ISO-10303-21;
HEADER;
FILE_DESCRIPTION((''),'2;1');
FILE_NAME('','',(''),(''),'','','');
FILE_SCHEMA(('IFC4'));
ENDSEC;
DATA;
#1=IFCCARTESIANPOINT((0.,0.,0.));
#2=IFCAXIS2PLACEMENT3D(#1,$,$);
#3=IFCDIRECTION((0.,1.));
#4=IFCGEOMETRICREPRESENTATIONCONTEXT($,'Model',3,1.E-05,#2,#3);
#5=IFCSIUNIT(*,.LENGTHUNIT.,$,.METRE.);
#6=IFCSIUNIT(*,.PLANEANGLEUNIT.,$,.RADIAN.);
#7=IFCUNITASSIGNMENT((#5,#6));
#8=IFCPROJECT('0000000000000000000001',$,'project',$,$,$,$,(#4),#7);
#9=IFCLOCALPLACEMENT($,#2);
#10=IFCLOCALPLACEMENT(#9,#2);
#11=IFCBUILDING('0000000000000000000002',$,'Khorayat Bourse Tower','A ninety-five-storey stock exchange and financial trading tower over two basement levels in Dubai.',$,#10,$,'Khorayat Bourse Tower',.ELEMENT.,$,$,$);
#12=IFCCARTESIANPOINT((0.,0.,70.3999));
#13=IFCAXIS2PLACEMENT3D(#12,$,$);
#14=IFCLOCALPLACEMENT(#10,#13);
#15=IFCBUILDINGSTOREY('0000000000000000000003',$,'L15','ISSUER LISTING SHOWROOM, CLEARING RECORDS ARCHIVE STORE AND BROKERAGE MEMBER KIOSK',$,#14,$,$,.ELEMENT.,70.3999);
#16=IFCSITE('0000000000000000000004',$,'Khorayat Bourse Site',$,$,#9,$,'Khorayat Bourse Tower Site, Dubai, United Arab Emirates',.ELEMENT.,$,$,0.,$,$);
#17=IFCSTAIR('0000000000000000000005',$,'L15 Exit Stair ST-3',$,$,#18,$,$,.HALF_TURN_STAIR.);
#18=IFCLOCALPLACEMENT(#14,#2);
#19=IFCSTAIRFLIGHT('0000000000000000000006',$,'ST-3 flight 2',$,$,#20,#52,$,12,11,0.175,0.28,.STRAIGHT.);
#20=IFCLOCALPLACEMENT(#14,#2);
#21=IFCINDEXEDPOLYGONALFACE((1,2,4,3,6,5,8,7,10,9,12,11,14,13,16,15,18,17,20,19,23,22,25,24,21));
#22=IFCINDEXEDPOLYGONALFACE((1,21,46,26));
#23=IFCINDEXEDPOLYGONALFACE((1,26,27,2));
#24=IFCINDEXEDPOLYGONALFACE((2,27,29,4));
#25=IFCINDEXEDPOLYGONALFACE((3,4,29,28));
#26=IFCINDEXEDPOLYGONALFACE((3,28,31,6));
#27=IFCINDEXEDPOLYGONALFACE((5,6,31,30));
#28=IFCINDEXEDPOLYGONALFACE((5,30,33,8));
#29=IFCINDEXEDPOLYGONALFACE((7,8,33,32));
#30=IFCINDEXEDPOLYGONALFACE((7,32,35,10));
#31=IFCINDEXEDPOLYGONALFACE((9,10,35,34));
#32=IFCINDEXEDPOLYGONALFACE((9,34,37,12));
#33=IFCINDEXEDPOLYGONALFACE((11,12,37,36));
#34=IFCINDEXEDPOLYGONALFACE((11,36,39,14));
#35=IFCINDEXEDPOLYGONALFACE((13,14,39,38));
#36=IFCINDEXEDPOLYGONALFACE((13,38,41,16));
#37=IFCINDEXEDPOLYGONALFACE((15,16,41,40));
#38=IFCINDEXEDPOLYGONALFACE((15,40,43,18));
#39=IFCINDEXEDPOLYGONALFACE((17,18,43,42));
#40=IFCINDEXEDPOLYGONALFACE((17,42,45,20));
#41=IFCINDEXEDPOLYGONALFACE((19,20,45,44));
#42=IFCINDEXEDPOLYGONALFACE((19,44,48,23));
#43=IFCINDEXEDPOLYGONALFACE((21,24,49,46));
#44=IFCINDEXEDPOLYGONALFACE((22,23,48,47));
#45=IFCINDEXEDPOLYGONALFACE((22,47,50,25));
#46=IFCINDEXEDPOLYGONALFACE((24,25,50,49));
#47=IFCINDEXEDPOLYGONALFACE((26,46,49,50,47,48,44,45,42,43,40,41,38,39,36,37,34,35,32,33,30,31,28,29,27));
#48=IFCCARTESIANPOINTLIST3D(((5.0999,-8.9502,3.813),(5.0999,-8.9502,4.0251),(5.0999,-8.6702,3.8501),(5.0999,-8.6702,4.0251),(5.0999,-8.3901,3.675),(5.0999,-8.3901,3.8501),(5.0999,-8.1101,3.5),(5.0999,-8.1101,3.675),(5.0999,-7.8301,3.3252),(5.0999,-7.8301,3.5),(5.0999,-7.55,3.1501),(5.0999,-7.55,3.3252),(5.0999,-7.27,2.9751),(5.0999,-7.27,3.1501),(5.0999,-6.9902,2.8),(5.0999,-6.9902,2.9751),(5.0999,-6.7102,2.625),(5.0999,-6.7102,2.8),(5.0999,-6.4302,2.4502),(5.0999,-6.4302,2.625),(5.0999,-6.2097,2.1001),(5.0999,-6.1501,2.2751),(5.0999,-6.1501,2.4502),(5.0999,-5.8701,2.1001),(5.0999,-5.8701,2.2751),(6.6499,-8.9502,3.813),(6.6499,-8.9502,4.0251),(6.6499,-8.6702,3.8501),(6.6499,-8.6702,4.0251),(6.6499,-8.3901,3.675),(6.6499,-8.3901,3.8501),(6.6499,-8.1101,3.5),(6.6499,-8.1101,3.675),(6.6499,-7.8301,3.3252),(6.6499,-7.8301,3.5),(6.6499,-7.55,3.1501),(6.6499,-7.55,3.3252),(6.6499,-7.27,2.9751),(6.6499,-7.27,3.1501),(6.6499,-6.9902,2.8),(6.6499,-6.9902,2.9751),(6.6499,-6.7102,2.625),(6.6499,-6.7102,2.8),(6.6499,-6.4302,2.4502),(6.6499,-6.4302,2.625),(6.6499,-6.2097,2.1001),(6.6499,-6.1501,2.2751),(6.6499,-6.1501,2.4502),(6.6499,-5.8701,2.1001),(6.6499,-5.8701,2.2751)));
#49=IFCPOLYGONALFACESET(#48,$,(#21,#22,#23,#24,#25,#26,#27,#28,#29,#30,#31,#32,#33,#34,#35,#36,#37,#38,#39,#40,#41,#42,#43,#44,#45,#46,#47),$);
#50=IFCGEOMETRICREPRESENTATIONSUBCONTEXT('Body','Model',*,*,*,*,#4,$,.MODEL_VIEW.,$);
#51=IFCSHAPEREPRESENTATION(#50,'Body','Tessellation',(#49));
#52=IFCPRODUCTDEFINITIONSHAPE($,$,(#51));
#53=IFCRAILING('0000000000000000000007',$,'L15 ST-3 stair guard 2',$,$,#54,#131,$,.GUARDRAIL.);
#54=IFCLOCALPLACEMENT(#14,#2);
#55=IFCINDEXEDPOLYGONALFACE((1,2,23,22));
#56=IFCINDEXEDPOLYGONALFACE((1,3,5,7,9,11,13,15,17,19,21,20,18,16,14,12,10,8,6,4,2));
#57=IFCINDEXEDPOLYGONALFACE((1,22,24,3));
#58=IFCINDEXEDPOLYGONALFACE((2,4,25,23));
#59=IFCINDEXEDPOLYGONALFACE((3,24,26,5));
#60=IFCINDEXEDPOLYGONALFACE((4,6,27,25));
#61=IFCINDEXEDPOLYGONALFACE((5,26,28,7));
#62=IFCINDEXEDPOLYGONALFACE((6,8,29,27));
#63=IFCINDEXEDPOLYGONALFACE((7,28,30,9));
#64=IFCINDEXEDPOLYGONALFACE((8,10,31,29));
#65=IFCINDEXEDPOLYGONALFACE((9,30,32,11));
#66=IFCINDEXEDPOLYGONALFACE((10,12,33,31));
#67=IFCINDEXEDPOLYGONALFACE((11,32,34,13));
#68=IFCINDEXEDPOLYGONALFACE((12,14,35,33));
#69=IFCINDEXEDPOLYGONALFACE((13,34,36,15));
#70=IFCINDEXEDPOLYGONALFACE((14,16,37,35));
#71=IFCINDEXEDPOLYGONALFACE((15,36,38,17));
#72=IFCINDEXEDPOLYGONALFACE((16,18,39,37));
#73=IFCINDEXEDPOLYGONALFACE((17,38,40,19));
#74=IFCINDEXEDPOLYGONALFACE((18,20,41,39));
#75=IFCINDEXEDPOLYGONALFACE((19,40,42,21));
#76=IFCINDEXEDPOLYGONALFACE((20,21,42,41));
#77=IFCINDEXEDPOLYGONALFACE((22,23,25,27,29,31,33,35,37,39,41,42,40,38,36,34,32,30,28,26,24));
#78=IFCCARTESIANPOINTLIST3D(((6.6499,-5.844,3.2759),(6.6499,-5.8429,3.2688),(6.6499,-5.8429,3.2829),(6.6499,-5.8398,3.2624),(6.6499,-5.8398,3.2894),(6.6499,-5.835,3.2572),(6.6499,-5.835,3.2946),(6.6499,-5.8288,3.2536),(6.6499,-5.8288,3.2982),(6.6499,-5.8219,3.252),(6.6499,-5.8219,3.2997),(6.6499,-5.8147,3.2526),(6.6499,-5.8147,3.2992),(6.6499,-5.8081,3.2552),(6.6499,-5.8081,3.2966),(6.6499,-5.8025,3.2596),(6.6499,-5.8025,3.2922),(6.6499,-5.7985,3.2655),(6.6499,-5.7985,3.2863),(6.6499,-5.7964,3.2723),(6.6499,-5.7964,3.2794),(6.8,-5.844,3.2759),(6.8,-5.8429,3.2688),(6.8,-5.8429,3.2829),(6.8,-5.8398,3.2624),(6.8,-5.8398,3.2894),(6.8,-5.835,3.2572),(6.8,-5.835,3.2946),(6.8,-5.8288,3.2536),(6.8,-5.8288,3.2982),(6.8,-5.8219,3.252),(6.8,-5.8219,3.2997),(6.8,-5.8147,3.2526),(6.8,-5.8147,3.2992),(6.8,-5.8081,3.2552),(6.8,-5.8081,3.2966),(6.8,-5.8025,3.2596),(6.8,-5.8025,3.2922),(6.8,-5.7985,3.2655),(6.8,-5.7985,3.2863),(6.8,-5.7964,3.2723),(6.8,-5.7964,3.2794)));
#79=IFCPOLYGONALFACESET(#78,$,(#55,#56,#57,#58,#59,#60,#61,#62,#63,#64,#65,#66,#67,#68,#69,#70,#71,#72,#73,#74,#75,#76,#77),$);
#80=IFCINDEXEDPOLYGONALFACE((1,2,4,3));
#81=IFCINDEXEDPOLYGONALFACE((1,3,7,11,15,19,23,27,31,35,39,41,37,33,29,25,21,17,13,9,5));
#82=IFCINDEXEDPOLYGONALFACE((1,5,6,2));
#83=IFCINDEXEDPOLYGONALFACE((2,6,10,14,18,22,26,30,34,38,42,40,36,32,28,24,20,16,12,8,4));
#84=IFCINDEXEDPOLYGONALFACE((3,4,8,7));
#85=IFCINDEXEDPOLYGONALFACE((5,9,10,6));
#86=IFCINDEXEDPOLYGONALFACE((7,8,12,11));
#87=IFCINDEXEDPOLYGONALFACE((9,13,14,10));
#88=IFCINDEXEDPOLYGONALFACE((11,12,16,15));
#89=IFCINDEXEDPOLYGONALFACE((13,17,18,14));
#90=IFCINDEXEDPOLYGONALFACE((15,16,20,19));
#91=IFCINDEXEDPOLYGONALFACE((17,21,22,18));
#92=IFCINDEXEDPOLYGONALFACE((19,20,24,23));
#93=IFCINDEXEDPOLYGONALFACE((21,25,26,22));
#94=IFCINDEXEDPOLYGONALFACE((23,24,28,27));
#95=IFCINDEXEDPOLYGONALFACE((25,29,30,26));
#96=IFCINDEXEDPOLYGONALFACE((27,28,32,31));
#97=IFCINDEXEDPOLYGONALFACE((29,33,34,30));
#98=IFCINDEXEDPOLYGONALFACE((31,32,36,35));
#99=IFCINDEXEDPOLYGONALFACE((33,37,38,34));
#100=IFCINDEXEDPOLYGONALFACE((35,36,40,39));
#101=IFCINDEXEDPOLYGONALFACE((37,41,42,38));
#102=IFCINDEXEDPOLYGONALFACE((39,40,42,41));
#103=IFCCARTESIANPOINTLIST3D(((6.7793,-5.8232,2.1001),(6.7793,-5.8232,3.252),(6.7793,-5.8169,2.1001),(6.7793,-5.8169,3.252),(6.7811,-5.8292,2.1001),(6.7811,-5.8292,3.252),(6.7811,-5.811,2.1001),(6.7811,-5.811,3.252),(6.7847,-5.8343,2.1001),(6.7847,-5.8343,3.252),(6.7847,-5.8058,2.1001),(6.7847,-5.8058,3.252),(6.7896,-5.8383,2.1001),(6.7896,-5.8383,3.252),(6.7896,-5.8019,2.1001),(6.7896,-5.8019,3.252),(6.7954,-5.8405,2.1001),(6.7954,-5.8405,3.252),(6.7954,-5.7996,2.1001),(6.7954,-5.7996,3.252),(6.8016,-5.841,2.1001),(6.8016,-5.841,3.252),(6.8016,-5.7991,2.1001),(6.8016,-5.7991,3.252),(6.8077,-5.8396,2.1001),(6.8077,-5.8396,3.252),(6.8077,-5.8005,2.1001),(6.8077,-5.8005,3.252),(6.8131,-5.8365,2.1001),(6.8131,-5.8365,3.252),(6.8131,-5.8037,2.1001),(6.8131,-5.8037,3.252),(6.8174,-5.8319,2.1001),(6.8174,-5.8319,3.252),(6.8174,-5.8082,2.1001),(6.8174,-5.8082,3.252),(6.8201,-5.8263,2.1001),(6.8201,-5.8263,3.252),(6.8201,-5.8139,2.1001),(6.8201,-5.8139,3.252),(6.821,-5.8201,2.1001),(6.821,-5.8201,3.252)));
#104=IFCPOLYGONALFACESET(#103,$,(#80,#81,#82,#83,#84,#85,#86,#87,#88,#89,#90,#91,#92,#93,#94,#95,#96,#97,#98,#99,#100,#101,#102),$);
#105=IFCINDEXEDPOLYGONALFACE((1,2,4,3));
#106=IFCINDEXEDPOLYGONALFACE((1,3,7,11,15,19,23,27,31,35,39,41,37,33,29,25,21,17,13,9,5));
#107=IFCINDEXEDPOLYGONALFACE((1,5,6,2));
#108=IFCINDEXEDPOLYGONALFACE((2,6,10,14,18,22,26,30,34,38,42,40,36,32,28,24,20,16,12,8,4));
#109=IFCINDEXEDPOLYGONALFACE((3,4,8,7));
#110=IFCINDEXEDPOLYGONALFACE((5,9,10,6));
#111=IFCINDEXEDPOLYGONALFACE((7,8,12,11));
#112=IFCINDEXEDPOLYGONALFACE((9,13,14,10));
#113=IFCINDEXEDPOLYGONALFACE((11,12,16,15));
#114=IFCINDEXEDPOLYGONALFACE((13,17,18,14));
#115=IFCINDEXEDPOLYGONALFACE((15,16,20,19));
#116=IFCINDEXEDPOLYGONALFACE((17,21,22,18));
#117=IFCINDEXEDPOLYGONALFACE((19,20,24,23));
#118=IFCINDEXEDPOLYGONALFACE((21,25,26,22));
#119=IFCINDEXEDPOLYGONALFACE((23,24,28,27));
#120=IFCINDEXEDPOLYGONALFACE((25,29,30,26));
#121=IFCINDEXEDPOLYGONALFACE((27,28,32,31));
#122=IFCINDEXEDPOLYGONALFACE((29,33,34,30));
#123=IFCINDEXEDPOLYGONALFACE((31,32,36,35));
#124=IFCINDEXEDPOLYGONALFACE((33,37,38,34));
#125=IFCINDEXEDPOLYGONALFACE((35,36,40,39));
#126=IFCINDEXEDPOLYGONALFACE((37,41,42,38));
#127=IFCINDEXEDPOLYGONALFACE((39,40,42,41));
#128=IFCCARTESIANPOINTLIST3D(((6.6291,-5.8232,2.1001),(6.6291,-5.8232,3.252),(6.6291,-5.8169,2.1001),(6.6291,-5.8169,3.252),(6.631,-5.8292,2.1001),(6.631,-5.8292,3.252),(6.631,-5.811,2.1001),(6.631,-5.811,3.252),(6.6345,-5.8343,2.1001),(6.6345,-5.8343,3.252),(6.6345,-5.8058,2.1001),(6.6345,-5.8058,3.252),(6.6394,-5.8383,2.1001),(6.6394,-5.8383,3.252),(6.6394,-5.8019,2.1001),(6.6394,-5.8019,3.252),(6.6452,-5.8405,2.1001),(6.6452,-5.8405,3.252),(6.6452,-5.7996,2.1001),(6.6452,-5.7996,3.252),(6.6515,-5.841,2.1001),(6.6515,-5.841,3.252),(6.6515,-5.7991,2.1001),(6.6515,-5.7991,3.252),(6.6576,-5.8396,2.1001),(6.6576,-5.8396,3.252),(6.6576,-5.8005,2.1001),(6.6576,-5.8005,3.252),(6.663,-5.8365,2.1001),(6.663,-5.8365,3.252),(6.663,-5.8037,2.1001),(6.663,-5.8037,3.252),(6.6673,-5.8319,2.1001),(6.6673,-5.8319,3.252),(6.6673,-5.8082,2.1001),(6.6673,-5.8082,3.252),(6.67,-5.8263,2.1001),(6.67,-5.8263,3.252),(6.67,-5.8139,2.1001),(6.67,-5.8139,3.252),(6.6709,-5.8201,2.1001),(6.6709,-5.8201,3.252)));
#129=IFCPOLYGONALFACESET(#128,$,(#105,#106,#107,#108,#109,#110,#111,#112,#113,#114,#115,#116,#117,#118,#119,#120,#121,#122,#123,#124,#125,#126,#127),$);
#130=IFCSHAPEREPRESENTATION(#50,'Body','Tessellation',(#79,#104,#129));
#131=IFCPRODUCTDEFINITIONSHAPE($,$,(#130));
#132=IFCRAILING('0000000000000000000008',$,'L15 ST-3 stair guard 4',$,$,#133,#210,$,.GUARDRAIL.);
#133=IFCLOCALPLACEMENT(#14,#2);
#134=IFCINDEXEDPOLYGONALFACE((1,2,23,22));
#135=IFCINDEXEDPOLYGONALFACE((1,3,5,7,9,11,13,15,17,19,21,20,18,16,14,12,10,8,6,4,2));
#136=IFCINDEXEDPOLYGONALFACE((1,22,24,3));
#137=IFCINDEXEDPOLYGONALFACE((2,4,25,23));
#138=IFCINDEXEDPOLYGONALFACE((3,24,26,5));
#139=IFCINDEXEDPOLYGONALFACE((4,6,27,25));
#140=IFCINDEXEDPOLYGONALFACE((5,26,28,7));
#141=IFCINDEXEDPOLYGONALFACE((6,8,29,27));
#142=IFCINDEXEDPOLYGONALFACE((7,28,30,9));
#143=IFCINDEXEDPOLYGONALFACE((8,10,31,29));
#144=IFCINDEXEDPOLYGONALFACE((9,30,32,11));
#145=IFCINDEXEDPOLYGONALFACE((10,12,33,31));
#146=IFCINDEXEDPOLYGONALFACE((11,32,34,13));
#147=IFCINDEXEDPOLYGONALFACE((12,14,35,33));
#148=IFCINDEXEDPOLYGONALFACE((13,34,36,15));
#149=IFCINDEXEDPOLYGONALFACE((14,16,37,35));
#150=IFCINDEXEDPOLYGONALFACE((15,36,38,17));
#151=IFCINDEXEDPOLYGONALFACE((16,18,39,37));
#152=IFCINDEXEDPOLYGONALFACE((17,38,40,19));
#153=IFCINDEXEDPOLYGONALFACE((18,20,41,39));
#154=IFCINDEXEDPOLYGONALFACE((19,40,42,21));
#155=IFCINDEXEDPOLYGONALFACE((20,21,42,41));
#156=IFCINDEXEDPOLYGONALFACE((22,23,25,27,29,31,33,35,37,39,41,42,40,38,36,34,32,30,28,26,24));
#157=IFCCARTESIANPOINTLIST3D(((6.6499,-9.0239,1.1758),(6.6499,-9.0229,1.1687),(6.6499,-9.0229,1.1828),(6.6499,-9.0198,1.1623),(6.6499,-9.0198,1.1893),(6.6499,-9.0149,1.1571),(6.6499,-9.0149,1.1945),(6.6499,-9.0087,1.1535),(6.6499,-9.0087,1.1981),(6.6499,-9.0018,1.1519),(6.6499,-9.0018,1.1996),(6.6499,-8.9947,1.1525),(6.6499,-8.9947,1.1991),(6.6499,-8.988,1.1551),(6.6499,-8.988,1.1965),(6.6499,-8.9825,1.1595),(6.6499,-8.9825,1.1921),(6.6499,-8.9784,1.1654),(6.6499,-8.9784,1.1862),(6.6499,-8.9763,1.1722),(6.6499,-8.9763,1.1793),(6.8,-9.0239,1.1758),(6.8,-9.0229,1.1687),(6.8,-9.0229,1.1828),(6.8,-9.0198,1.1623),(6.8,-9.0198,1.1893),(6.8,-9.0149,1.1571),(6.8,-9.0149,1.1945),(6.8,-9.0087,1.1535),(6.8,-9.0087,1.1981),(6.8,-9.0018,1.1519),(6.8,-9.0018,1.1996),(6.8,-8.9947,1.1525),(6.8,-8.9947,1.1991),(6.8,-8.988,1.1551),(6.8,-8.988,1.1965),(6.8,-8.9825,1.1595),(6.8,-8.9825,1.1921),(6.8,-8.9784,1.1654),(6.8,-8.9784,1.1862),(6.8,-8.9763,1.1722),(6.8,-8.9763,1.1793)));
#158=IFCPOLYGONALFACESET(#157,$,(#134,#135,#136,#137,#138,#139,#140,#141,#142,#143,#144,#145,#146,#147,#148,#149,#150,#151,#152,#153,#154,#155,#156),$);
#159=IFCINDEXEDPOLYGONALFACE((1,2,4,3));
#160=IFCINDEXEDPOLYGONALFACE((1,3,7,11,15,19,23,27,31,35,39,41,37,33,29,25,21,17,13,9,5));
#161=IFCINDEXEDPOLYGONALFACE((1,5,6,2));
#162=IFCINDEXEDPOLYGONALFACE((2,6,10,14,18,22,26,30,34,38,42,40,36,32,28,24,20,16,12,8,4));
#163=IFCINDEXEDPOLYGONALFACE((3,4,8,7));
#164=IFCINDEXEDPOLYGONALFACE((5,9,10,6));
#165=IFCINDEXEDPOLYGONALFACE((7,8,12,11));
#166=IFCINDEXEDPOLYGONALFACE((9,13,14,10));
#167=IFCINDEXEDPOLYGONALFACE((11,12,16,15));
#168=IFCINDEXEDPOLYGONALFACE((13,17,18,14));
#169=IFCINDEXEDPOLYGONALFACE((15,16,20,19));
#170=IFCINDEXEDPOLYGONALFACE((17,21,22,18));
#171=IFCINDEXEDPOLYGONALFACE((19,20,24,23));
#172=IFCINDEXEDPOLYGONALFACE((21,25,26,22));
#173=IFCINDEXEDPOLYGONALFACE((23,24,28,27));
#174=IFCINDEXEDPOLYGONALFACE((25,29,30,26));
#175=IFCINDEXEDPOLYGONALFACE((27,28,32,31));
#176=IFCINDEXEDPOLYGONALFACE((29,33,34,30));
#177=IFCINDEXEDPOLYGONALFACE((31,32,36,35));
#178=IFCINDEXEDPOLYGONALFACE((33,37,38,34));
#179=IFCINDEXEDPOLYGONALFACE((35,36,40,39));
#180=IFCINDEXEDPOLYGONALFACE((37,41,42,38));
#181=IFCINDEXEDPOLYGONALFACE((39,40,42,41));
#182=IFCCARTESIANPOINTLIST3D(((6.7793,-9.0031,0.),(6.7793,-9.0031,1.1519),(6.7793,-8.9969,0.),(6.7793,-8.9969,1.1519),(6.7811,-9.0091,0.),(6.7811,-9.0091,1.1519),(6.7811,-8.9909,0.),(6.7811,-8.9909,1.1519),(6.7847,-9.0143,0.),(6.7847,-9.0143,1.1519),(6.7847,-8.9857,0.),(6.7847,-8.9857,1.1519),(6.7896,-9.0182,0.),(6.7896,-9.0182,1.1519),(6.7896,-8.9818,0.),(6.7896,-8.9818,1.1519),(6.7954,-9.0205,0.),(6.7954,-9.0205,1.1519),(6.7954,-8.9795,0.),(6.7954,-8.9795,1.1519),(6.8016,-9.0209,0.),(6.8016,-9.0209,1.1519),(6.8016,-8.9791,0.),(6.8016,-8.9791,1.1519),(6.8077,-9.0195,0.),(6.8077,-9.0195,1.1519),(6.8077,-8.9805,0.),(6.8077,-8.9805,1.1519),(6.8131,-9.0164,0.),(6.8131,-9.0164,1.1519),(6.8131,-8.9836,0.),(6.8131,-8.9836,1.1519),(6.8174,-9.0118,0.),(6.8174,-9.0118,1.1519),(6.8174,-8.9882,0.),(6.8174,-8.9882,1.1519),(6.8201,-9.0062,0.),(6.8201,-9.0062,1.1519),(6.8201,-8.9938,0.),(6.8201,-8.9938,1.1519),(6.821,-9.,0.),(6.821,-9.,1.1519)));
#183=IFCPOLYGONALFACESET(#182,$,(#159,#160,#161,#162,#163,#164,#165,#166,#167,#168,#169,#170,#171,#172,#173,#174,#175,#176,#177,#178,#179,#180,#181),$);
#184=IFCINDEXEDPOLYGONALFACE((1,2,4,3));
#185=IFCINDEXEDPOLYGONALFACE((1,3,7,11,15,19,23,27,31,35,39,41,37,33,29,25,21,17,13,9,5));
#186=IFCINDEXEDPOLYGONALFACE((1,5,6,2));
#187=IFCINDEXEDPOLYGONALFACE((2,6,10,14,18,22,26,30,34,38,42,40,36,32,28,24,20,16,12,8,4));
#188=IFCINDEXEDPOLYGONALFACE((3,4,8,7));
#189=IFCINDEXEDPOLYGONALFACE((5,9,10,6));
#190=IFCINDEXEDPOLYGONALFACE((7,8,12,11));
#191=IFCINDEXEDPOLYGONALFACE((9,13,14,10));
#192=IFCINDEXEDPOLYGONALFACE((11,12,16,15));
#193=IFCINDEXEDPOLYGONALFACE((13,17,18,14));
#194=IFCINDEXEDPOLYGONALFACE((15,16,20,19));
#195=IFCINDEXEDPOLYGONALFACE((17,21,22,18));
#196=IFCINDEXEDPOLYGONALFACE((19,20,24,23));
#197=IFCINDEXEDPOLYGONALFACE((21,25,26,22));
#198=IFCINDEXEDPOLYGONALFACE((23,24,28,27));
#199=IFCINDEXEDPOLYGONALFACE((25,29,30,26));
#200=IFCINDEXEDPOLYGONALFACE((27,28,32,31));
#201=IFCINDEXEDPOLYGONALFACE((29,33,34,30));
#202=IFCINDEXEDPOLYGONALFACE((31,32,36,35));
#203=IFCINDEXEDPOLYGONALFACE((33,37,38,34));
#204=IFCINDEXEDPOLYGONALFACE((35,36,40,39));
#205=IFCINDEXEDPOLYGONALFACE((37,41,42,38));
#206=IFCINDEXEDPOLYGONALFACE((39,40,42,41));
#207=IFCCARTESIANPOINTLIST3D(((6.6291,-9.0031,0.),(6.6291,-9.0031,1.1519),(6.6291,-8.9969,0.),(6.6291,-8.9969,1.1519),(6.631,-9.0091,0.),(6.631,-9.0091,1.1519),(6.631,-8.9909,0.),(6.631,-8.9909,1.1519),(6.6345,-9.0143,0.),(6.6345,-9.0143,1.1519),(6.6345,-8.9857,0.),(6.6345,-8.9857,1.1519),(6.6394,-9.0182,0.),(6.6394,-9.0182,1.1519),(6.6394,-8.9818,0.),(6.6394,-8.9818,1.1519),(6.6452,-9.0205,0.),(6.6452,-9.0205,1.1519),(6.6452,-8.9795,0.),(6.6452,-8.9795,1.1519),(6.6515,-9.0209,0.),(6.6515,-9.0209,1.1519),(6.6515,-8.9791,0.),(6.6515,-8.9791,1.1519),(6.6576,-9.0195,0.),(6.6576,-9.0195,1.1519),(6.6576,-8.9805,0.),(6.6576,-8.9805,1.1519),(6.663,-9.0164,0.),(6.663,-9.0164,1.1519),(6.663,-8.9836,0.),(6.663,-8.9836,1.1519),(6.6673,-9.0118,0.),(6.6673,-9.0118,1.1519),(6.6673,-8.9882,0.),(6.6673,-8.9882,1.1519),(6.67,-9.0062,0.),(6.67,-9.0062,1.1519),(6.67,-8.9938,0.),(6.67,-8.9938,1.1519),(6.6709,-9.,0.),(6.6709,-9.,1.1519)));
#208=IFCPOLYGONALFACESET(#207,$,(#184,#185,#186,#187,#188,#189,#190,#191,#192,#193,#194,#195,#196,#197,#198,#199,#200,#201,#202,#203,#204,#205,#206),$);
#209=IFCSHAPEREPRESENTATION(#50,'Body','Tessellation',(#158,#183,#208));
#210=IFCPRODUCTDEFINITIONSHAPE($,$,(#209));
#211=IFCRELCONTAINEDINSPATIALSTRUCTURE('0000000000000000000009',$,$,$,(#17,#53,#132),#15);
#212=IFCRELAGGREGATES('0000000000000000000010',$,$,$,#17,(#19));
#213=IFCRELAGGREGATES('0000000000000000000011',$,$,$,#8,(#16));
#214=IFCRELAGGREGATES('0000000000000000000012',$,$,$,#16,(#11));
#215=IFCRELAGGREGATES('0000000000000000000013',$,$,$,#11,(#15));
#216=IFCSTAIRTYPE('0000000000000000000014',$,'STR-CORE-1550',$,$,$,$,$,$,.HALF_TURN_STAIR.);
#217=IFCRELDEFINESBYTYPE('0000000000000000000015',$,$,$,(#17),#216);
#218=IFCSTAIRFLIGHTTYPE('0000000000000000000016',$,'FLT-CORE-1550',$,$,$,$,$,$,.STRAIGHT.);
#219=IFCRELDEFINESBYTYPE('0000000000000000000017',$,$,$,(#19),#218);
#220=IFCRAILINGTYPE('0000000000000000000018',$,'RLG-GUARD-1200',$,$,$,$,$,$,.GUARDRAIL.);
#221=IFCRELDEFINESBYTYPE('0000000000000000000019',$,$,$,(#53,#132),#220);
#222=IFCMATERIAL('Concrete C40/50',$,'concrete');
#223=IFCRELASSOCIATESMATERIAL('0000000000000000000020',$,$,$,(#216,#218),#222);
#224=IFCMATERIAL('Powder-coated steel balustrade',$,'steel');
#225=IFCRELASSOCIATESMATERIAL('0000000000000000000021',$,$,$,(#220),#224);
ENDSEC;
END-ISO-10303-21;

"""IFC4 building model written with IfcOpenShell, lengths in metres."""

from ifc_helpers import new_model, si_unit, direction, frame, origin, origin_2d, place, context, subcontext, project, spatial, polyline, circle, outline, extrude, source, transform, mapped, material, type_object, element, aggregate, save


model = new_model("IFC4")

# Units and contexts
model_context = context("Model", 3, precision=1e-05, world=origin(), true_north=direction((0.0, 1.0)))
body_context = subcontext(model_context, "Body", "Model", "MODEL_VIEW")
ifc_project = project(units=[si_unit("LENGTHUNIT", "METRE"), si_unit("PLANEANGLEUNIT", "RADIAN")], contexts=[model_context])

# Site, building, storey
site_placement = place(None, origin())
site = spatial("IfcSite", under=ifc_project, at=site_placement, Name="Khorayat Bourse Site", LongName="Khorayat Bourse Tower Site, Dubai, United Arab Emirates", CompositionType="ELEMENT", RefElevation=0.0)
building_placement = place(site_placement, origin())
building = spatial("IfcBuilding", under=site, at=building_placement, Name="Khorayat Bourse Tower", Description="A ninety-five-storey stock exchange and financial trading tower over two basement levels in Dubai.", LongName="Khorayat Bourse Tower", CompositionType="ELEMENT")
storey_placement = place(building_placement, frame((0.0, 0.0, 70.3999)))
storey = spatial("IfcBuildingStorey", under=building, at=storey_placement, Name="L15", Description="ISSUER LISTING SHOWROOM, CLEARING RECORDS ARCHIVE STORE AND BROKERAGE MEMBER KIOSK", CompositionType="ELEMENT", Elevation=70.3999)

# Stair, stair flight
ifc_material_1 = material(Name="Concrete C40/50", Category="concrete")
stair_type = type_object("IfcStairType", Name="STR-CORE-1550", PredefinedType="HALF_TURN_STAIR", material=ifc_material_1)
stair_placement = place(storey_placement, origin())
stair = element("IfcStair", 1, at=stair_placement, inside=storey, type_object=stair_type, Name="L15 Exit Stair ST-3", PredefinedType="HALF_TURN_STAIR")
stair_flight_type = type_object("IfcStairFlightType", Name="FLT-CORE-1550", PredefinedType="STRAIGHT", material=ifc_material_1)
shared_shape_1 = source(origin(), body_context, "Body", "SweptSolid", [
    extrude(outline(polyline([(0.0, 0.0), (0.0, 0.175), (0.28, 0.175), (0.28, 0.3501), (0.5601, 0.3501), (0.5601, 0.5249), (0.8401, 0.5249), (0.8401, 0.7), (1.1201, 0.7), (1.1201, 0.875), (1.3999, 0.875), (1.3999, 1.05), (1.6799, 1.05), (1.6799, 1.2251), (1.96, 1.2251), (1.96, 1.3999), (2.24, 1.3999), (2.24, 1.575), (2.52, 1.575), (2.52, 1.75), (2.8, 1.75), (2.8, 1.925), (3.0801, 1.925), (3.0801, 2.1001), (3.0801, 1.7129), (0.3396, 0.0), (0.0, 0.0)])), frame((0.0, 0.7749, 0.0), z_axis=(0.0, -1.0, 0.0), x_axis=(1.0, 0.0, 0.0)), (0.0, 0.0, 1.0), 1.55),
])
stair_flight_1_placement = place(storey_placement, frame((5.875, -5.8701, 2.1001), z_axis=(0.0, 0.0, 1.0), x_axis=(0.0, -1.0, 0.0)))
stair_flight_1 = element("IfcStairFlight", 2, at=stair_flight_1_placement, type_object=stair_flight_type, Name="ST-3 flight 2", NumberOfRisers=12, NumberOfTreads=11, PredefinedType="STRAIGHT", RiserHeight=0.175, TreadLength=0.28, context=body_context, shape_type="MappedRepresentation", body=[
    mapped(shared_shape_1, transform((0.0, 0.0, 0.0), scale=1.0)),
])
aggregate(stair, [stair_flight_1])

# Railings
ifc_material_2 = material(Name="Powder-coated steel balustrade", Category="steel")
railing_type_1 = type_object("IfcRailingType", Name="RLG-GUARD-1200", PredefinedType="GUARDRAIL", material=ifc_material_2)
shared_shape_2 = source(origin(), body_context, "Body", "SweptSolid", [
    extrude(circle(Radius=0.0239, at=origin_2d()), frame((0.0, 0.0, 1.1758), z_axis=(-1.0, 0.0, 0.0), x_axis=(0.0, -1.0, 0.0)), (0.0, 0.0, 1.0), 0.1501),
    extrude(circle(Radius=0.021, at=origin_2d()), origin(), (0.0, 0.0, 1.0), 1.1519),
    extrude(circle(Radius=0.021, at=origin_2d()), frame((-0.1501, 0.0, 0.0)), (0.0, 0.0, 1.0), 1.1519),
])
for number, where, name in (
    (3, (6.8, -5.8201, 2.1001), "L15 ST-3 stair guard 2"),
    (4, (6.8, -9.0, 0.0), "L15 ST-3 stair guard 4"),
):
    element("IfcRailing", number, at=place(storey_placement, frame(where)), inside=storey, type_object=railing_type_1, Name=name, PredefinedType="GUARDRAIL", context=body_context, shape_type="MappedRepresentation", body=[
        mapped(shared_shape_2, transform((0.0, 0.0, 0.0), scale=1.0)),
    ])

save(model, "model.ifc")
